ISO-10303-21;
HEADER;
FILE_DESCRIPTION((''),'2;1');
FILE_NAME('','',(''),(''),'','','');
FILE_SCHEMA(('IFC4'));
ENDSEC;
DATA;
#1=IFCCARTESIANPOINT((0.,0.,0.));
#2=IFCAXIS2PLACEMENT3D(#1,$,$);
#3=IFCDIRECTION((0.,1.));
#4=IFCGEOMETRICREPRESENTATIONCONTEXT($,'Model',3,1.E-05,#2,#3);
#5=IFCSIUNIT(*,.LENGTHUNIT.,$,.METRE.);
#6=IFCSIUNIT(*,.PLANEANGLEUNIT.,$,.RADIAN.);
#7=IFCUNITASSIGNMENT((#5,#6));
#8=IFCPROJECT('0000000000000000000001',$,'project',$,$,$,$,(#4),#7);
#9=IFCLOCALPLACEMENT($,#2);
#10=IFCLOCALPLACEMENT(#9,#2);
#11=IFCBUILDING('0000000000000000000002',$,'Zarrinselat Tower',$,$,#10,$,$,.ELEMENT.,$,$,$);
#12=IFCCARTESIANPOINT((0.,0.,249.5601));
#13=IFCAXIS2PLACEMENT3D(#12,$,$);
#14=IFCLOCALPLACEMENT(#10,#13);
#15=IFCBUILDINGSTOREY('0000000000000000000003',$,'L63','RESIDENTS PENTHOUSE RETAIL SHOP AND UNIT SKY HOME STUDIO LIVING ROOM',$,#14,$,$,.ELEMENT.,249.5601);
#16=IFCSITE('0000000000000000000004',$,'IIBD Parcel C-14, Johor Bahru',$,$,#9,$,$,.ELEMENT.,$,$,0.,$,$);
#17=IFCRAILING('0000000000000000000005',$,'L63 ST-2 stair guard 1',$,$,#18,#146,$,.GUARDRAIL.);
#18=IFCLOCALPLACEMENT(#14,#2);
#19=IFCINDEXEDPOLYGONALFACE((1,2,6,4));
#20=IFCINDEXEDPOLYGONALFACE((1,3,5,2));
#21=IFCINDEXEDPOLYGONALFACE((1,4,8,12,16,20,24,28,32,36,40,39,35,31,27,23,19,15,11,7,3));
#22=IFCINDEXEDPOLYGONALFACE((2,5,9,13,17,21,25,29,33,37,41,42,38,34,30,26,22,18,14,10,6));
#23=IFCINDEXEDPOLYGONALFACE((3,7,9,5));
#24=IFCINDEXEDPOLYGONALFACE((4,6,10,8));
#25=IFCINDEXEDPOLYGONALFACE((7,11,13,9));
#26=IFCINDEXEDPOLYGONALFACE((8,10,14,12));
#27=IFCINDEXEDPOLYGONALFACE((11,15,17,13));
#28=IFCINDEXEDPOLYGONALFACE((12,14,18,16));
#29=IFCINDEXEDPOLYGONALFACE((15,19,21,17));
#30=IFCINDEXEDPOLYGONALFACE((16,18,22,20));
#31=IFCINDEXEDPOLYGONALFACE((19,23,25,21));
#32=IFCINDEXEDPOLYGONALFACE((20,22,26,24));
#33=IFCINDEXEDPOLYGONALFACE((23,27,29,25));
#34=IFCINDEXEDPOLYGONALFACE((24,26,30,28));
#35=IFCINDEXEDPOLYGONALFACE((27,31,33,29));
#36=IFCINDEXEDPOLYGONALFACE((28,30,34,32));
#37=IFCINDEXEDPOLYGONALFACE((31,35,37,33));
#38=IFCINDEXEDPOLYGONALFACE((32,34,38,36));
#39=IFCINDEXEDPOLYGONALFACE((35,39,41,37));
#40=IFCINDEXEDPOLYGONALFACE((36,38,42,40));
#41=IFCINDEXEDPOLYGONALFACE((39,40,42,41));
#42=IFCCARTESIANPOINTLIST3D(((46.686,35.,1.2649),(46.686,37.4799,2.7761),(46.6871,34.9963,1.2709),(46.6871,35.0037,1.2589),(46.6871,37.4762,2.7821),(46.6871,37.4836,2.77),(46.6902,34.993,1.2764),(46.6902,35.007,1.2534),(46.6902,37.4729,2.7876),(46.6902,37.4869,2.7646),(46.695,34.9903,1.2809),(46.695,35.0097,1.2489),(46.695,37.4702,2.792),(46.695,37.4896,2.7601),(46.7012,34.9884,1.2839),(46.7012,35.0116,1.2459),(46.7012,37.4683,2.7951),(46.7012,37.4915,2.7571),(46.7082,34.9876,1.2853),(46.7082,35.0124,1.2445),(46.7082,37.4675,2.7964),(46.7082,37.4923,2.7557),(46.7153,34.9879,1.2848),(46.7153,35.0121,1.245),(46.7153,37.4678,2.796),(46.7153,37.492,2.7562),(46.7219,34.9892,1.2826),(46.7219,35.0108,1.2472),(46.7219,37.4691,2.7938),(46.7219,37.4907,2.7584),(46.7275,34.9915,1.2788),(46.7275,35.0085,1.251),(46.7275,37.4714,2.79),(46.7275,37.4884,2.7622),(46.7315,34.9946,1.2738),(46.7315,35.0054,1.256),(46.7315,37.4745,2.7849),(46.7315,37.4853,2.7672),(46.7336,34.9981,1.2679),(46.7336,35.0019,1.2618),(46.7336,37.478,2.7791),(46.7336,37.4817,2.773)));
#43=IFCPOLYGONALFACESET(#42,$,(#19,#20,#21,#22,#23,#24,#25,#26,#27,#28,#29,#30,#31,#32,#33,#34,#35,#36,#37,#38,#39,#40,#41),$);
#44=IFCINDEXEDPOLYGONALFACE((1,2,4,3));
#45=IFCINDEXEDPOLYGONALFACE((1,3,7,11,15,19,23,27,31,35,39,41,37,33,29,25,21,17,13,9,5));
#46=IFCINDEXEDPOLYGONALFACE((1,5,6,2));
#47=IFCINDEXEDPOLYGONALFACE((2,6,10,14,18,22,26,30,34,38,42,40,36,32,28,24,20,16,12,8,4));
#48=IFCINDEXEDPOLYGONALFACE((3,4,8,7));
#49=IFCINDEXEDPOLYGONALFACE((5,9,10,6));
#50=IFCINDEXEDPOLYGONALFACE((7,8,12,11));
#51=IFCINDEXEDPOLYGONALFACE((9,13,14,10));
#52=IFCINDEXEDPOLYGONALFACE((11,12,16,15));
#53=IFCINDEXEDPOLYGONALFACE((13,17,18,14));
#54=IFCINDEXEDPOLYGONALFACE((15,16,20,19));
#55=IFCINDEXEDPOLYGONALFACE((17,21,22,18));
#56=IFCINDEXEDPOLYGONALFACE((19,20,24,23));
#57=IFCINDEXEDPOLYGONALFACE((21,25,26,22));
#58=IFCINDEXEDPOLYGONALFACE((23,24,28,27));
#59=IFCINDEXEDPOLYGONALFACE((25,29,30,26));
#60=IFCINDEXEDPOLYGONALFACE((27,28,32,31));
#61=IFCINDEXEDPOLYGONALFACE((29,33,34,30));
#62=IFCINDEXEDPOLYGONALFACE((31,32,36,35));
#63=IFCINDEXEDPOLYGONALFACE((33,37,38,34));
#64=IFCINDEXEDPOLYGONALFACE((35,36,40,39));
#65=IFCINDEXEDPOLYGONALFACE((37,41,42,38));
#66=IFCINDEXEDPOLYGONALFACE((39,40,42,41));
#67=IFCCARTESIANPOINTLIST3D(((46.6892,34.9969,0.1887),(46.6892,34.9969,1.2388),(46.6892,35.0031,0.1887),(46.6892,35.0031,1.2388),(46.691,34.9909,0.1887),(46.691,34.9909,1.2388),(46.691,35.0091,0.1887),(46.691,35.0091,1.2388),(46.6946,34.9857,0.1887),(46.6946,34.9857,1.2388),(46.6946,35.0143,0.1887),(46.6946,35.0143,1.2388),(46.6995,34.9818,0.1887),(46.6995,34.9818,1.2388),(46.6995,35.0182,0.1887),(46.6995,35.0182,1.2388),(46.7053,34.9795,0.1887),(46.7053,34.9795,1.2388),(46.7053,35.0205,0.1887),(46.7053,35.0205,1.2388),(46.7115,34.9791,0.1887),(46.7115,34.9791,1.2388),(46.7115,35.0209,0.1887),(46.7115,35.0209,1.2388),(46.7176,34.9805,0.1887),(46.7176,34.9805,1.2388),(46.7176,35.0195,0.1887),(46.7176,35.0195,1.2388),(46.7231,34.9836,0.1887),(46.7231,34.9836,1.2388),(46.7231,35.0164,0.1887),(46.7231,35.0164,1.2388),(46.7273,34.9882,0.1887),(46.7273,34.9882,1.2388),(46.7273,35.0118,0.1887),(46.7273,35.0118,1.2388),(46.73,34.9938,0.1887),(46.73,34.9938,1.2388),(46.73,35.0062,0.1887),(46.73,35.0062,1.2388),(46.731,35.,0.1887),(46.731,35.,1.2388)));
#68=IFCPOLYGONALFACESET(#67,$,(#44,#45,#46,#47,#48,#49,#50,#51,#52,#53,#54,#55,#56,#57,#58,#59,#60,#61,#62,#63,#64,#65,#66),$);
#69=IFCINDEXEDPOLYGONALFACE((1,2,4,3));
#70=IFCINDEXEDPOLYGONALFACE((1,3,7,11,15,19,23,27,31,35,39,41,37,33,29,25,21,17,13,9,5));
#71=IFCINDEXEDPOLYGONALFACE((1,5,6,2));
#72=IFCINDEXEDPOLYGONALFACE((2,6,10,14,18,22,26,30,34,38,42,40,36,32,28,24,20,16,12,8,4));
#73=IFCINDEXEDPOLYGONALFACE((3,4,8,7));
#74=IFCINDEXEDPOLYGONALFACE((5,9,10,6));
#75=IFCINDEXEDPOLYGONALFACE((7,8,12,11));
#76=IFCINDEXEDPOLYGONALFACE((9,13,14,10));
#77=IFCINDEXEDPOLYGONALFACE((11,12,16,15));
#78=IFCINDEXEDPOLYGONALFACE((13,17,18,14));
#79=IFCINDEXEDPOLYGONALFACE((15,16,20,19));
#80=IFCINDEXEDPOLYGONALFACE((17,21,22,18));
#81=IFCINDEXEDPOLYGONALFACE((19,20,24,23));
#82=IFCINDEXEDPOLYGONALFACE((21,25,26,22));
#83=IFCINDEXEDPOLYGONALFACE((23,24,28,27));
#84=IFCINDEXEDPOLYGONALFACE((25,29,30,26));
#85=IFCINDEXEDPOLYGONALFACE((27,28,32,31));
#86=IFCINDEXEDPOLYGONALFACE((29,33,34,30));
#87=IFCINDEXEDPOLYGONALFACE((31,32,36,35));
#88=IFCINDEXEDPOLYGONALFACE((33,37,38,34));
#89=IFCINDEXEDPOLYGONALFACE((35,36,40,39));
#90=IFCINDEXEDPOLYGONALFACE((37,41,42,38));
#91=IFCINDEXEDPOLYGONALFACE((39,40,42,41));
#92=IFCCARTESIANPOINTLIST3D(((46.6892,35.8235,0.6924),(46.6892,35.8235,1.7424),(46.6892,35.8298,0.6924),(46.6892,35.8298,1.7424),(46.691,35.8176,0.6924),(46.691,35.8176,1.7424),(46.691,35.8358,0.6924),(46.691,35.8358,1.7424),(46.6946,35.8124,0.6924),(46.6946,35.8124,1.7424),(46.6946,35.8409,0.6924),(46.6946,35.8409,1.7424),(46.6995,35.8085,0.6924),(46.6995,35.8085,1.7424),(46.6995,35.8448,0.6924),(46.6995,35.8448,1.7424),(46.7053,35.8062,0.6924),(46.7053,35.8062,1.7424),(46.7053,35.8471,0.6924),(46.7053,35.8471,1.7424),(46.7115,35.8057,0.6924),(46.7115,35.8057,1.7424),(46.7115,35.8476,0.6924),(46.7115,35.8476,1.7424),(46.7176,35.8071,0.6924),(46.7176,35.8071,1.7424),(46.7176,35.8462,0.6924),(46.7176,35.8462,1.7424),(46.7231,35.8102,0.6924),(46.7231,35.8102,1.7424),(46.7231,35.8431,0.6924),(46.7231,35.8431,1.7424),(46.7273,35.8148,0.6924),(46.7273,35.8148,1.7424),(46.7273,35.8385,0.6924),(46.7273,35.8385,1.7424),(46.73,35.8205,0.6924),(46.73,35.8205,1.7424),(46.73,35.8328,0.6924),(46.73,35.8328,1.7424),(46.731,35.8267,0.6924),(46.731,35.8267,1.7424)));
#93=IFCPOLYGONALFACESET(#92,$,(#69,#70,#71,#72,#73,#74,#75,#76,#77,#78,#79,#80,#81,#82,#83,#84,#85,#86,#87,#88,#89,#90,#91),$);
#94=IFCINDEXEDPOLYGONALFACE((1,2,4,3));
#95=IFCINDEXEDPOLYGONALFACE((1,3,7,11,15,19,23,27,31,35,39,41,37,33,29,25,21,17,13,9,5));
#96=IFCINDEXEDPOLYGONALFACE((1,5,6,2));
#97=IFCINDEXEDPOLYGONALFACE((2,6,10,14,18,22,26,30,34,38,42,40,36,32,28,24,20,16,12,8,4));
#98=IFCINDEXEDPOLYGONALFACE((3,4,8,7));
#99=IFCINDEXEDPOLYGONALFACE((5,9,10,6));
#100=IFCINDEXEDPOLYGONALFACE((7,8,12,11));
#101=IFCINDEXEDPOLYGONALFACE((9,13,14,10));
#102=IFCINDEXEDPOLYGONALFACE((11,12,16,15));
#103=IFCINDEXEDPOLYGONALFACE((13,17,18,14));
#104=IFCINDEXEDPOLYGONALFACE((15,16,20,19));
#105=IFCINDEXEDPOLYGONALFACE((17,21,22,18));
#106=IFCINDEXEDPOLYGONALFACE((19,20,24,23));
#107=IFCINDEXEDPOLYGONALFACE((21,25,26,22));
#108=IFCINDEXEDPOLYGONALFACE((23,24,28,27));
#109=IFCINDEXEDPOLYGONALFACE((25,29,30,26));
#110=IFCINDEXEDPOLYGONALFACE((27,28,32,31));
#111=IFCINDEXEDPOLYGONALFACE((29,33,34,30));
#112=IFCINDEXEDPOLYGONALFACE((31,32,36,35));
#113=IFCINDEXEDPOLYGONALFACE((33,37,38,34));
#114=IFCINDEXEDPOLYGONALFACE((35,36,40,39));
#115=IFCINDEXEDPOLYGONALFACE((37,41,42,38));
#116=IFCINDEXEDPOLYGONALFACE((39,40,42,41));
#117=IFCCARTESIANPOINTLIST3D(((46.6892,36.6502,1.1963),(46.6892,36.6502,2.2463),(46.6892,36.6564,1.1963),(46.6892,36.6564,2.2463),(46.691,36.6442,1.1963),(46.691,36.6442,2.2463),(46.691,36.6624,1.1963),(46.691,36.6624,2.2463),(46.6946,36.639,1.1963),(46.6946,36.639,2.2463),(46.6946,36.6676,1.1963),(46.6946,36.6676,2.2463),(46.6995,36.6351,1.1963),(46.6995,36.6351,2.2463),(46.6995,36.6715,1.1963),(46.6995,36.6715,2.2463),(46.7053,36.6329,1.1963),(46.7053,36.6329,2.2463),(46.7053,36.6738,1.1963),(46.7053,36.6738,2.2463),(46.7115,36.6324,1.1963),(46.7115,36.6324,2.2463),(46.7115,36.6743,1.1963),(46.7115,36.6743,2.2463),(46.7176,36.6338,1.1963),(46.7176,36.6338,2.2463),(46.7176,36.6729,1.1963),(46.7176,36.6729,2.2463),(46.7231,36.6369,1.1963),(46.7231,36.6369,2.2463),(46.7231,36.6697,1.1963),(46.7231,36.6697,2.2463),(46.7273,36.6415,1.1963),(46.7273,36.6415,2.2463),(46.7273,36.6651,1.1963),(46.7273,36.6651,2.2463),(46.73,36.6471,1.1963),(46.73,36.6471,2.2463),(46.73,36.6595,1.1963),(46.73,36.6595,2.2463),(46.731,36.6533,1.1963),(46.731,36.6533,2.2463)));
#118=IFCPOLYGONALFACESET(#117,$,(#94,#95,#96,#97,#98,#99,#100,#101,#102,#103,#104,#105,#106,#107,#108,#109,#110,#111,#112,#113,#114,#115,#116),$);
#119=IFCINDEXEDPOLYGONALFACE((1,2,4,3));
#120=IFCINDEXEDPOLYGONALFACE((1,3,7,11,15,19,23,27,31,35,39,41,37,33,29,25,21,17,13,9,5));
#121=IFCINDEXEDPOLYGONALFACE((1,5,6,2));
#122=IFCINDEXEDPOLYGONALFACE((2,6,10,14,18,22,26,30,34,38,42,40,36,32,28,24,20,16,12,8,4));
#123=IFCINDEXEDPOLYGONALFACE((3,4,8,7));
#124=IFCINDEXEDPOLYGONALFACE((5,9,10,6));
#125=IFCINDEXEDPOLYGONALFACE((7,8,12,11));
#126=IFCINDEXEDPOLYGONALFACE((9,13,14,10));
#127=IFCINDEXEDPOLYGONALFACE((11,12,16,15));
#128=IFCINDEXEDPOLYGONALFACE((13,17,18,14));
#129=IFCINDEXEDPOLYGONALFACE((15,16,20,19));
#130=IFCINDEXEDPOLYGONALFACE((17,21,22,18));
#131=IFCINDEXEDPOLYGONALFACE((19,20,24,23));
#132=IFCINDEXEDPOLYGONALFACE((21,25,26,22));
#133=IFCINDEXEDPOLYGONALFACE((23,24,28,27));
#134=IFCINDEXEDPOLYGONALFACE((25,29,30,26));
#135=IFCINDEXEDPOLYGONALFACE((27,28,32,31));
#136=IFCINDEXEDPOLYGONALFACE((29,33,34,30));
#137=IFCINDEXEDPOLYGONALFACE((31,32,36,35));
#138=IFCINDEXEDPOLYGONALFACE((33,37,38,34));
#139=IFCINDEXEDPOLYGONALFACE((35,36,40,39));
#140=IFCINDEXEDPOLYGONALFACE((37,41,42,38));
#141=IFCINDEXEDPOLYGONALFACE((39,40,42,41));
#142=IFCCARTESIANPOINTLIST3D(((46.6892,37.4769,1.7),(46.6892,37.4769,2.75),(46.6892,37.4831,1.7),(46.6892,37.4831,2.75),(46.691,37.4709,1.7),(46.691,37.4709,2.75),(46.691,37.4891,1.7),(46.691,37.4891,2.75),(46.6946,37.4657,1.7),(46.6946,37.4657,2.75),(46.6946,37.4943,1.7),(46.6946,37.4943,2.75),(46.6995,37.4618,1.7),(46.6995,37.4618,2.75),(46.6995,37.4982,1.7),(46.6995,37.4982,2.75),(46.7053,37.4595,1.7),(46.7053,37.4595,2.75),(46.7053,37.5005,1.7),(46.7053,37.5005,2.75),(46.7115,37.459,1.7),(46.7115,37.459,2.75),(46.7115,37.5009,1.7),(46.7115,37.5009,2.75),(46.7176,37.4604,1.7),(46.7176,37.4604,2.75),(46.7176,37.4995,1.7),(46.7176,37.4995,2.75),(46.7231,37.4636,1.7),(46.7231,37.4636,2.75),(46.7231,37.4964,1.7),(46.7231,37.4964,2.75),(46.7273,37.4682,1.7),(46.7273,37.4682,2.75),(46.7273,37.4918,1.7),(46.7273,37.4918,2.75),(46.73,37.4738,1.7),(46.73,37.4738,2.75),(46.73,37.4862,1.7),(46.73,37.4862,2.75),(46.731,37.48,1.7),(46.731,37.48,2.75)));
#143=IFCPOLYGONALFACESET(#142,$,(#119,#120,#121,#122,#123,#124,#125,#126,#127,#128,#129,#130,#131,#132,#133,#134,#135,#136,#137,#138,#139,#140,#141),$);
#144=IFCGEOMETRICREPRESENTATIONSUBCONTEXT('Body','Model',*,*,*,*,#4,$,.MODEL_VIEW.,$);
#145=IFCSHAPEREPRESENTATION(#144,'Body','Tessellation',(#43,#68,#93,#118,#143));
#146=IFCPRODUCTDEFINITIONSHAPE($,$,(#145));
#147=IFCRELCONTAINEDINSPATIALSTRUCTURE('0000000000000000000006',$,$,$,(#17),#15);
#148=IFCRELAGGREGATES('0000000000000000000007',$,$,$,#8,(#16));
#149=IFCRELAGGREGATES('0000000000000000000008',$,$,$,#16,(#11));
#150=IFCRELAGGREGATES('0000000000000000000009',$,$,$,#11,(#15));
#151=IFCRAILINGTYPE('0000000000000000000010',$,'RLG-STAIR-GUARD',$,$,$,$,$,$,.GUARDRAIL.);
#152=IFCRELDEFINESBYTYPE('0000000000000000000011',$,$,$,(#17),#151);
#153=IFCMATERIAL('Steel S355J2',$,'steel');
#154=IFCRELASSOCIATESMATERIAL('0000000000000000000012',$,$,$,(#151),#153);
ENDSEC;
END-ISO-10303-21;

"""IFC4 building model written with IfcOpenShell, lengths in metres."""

from ifc_helpers import new_model, si_unit, direction, frame, origin, origin_2d, place, context, subcontext, project, spatial, circle, extrude, material, type_object, element, save


model = new_model("IFC4")

# Units and contexts
model_context = context("Model", 3, precision=1e-05, world=origin(), true_north=direction((0.0, 1.0)))
body_context = subcontext(model_context, "Body", "Model", "MODEL_VIEW")
ifc_project = project(units=[si_unit("LENGTHUNIT", "METRE"), si_unit("PLANEANGLEUNIT", "RADIAN")], contexts=[model_context])

# Site, building, storey
site_placement = place(None, origin())
site = spatial("IfcSite", under=ifc_project, at=site_placement, Name="IIBD Parcel C-14, Johor Bahru", CompositionType="ELEMENT", RefElevation=0.0)
building_placement = place(site_placement, origin())
building = spatial("IfcBuilding", under=site, at=building_placement, Name="Zarrinselat Tower", CompositionType="ELEMENT")
storey_placement = place(building_placement, frame((0.0, 0.0, 249.5601)))
storey = spatial("IfcBuildingStorey", under=building, at=storey_placement, Name="L63", Description="RESIDENTS PENTHOUSE RETAIL SHOP AND UNIT SKY HOME STUDIO LIVING ROOM", CompositionType="ELEMENT", Elevation=249.5601)

# Railing
ifc_material_1 = material(Name="Steel S355J2", Category="steel")
railing_type_1 = type_object("IfcRailingType", Name="RLG-STAIR-GUARD", PredefinedType="GUARDRAIL", material=ifc_material_1)
railing_1_placement = place(storey_placement, frame((46.71, 35.0, 0.1887)))
element("IfcRailing", 1, at=railing_1_placement, inside=storey, type_object=railing_type_1, Name="L63 ST-2 stair guard 1", PredefinedType="GUARDRAIL", context=body_context, shape_type="SweptSolid", body=[
    extrude(circle(Radius=0.0239, at=origin_2d()), frame((0.0, 0.0, 1.0762), z_axis=(0.0, 0.853942, 0.520368), x_axis=(-1.0, 0.0, 0.0)), (0.0, 0.0, 1.0), 2.9041),
    extrude(circle(Radius=0.021, at=origin_2d()), origin(), (0.0, 0.0, 1.0), 1.05),
    extrude(circle(Radius=0.021, at=origin_2d()), frame((0.0, 0.8267, 0.5037)), (0.0, 0.0, 1.0), 1.05),
    extrude(circle(Radius=0.021, at=origin_2d()), frame((0.0, 1.6533, 1.0076)), (0.0, 0.0, 1.0), 1.05),
    extrude(circle(Radius=0.021, at=origin_2d()), frame((0.0, 2.48, 1.5112)), (0.0, 0.0, 1.0), 1.05),
])

save(model, "model.ifc")
